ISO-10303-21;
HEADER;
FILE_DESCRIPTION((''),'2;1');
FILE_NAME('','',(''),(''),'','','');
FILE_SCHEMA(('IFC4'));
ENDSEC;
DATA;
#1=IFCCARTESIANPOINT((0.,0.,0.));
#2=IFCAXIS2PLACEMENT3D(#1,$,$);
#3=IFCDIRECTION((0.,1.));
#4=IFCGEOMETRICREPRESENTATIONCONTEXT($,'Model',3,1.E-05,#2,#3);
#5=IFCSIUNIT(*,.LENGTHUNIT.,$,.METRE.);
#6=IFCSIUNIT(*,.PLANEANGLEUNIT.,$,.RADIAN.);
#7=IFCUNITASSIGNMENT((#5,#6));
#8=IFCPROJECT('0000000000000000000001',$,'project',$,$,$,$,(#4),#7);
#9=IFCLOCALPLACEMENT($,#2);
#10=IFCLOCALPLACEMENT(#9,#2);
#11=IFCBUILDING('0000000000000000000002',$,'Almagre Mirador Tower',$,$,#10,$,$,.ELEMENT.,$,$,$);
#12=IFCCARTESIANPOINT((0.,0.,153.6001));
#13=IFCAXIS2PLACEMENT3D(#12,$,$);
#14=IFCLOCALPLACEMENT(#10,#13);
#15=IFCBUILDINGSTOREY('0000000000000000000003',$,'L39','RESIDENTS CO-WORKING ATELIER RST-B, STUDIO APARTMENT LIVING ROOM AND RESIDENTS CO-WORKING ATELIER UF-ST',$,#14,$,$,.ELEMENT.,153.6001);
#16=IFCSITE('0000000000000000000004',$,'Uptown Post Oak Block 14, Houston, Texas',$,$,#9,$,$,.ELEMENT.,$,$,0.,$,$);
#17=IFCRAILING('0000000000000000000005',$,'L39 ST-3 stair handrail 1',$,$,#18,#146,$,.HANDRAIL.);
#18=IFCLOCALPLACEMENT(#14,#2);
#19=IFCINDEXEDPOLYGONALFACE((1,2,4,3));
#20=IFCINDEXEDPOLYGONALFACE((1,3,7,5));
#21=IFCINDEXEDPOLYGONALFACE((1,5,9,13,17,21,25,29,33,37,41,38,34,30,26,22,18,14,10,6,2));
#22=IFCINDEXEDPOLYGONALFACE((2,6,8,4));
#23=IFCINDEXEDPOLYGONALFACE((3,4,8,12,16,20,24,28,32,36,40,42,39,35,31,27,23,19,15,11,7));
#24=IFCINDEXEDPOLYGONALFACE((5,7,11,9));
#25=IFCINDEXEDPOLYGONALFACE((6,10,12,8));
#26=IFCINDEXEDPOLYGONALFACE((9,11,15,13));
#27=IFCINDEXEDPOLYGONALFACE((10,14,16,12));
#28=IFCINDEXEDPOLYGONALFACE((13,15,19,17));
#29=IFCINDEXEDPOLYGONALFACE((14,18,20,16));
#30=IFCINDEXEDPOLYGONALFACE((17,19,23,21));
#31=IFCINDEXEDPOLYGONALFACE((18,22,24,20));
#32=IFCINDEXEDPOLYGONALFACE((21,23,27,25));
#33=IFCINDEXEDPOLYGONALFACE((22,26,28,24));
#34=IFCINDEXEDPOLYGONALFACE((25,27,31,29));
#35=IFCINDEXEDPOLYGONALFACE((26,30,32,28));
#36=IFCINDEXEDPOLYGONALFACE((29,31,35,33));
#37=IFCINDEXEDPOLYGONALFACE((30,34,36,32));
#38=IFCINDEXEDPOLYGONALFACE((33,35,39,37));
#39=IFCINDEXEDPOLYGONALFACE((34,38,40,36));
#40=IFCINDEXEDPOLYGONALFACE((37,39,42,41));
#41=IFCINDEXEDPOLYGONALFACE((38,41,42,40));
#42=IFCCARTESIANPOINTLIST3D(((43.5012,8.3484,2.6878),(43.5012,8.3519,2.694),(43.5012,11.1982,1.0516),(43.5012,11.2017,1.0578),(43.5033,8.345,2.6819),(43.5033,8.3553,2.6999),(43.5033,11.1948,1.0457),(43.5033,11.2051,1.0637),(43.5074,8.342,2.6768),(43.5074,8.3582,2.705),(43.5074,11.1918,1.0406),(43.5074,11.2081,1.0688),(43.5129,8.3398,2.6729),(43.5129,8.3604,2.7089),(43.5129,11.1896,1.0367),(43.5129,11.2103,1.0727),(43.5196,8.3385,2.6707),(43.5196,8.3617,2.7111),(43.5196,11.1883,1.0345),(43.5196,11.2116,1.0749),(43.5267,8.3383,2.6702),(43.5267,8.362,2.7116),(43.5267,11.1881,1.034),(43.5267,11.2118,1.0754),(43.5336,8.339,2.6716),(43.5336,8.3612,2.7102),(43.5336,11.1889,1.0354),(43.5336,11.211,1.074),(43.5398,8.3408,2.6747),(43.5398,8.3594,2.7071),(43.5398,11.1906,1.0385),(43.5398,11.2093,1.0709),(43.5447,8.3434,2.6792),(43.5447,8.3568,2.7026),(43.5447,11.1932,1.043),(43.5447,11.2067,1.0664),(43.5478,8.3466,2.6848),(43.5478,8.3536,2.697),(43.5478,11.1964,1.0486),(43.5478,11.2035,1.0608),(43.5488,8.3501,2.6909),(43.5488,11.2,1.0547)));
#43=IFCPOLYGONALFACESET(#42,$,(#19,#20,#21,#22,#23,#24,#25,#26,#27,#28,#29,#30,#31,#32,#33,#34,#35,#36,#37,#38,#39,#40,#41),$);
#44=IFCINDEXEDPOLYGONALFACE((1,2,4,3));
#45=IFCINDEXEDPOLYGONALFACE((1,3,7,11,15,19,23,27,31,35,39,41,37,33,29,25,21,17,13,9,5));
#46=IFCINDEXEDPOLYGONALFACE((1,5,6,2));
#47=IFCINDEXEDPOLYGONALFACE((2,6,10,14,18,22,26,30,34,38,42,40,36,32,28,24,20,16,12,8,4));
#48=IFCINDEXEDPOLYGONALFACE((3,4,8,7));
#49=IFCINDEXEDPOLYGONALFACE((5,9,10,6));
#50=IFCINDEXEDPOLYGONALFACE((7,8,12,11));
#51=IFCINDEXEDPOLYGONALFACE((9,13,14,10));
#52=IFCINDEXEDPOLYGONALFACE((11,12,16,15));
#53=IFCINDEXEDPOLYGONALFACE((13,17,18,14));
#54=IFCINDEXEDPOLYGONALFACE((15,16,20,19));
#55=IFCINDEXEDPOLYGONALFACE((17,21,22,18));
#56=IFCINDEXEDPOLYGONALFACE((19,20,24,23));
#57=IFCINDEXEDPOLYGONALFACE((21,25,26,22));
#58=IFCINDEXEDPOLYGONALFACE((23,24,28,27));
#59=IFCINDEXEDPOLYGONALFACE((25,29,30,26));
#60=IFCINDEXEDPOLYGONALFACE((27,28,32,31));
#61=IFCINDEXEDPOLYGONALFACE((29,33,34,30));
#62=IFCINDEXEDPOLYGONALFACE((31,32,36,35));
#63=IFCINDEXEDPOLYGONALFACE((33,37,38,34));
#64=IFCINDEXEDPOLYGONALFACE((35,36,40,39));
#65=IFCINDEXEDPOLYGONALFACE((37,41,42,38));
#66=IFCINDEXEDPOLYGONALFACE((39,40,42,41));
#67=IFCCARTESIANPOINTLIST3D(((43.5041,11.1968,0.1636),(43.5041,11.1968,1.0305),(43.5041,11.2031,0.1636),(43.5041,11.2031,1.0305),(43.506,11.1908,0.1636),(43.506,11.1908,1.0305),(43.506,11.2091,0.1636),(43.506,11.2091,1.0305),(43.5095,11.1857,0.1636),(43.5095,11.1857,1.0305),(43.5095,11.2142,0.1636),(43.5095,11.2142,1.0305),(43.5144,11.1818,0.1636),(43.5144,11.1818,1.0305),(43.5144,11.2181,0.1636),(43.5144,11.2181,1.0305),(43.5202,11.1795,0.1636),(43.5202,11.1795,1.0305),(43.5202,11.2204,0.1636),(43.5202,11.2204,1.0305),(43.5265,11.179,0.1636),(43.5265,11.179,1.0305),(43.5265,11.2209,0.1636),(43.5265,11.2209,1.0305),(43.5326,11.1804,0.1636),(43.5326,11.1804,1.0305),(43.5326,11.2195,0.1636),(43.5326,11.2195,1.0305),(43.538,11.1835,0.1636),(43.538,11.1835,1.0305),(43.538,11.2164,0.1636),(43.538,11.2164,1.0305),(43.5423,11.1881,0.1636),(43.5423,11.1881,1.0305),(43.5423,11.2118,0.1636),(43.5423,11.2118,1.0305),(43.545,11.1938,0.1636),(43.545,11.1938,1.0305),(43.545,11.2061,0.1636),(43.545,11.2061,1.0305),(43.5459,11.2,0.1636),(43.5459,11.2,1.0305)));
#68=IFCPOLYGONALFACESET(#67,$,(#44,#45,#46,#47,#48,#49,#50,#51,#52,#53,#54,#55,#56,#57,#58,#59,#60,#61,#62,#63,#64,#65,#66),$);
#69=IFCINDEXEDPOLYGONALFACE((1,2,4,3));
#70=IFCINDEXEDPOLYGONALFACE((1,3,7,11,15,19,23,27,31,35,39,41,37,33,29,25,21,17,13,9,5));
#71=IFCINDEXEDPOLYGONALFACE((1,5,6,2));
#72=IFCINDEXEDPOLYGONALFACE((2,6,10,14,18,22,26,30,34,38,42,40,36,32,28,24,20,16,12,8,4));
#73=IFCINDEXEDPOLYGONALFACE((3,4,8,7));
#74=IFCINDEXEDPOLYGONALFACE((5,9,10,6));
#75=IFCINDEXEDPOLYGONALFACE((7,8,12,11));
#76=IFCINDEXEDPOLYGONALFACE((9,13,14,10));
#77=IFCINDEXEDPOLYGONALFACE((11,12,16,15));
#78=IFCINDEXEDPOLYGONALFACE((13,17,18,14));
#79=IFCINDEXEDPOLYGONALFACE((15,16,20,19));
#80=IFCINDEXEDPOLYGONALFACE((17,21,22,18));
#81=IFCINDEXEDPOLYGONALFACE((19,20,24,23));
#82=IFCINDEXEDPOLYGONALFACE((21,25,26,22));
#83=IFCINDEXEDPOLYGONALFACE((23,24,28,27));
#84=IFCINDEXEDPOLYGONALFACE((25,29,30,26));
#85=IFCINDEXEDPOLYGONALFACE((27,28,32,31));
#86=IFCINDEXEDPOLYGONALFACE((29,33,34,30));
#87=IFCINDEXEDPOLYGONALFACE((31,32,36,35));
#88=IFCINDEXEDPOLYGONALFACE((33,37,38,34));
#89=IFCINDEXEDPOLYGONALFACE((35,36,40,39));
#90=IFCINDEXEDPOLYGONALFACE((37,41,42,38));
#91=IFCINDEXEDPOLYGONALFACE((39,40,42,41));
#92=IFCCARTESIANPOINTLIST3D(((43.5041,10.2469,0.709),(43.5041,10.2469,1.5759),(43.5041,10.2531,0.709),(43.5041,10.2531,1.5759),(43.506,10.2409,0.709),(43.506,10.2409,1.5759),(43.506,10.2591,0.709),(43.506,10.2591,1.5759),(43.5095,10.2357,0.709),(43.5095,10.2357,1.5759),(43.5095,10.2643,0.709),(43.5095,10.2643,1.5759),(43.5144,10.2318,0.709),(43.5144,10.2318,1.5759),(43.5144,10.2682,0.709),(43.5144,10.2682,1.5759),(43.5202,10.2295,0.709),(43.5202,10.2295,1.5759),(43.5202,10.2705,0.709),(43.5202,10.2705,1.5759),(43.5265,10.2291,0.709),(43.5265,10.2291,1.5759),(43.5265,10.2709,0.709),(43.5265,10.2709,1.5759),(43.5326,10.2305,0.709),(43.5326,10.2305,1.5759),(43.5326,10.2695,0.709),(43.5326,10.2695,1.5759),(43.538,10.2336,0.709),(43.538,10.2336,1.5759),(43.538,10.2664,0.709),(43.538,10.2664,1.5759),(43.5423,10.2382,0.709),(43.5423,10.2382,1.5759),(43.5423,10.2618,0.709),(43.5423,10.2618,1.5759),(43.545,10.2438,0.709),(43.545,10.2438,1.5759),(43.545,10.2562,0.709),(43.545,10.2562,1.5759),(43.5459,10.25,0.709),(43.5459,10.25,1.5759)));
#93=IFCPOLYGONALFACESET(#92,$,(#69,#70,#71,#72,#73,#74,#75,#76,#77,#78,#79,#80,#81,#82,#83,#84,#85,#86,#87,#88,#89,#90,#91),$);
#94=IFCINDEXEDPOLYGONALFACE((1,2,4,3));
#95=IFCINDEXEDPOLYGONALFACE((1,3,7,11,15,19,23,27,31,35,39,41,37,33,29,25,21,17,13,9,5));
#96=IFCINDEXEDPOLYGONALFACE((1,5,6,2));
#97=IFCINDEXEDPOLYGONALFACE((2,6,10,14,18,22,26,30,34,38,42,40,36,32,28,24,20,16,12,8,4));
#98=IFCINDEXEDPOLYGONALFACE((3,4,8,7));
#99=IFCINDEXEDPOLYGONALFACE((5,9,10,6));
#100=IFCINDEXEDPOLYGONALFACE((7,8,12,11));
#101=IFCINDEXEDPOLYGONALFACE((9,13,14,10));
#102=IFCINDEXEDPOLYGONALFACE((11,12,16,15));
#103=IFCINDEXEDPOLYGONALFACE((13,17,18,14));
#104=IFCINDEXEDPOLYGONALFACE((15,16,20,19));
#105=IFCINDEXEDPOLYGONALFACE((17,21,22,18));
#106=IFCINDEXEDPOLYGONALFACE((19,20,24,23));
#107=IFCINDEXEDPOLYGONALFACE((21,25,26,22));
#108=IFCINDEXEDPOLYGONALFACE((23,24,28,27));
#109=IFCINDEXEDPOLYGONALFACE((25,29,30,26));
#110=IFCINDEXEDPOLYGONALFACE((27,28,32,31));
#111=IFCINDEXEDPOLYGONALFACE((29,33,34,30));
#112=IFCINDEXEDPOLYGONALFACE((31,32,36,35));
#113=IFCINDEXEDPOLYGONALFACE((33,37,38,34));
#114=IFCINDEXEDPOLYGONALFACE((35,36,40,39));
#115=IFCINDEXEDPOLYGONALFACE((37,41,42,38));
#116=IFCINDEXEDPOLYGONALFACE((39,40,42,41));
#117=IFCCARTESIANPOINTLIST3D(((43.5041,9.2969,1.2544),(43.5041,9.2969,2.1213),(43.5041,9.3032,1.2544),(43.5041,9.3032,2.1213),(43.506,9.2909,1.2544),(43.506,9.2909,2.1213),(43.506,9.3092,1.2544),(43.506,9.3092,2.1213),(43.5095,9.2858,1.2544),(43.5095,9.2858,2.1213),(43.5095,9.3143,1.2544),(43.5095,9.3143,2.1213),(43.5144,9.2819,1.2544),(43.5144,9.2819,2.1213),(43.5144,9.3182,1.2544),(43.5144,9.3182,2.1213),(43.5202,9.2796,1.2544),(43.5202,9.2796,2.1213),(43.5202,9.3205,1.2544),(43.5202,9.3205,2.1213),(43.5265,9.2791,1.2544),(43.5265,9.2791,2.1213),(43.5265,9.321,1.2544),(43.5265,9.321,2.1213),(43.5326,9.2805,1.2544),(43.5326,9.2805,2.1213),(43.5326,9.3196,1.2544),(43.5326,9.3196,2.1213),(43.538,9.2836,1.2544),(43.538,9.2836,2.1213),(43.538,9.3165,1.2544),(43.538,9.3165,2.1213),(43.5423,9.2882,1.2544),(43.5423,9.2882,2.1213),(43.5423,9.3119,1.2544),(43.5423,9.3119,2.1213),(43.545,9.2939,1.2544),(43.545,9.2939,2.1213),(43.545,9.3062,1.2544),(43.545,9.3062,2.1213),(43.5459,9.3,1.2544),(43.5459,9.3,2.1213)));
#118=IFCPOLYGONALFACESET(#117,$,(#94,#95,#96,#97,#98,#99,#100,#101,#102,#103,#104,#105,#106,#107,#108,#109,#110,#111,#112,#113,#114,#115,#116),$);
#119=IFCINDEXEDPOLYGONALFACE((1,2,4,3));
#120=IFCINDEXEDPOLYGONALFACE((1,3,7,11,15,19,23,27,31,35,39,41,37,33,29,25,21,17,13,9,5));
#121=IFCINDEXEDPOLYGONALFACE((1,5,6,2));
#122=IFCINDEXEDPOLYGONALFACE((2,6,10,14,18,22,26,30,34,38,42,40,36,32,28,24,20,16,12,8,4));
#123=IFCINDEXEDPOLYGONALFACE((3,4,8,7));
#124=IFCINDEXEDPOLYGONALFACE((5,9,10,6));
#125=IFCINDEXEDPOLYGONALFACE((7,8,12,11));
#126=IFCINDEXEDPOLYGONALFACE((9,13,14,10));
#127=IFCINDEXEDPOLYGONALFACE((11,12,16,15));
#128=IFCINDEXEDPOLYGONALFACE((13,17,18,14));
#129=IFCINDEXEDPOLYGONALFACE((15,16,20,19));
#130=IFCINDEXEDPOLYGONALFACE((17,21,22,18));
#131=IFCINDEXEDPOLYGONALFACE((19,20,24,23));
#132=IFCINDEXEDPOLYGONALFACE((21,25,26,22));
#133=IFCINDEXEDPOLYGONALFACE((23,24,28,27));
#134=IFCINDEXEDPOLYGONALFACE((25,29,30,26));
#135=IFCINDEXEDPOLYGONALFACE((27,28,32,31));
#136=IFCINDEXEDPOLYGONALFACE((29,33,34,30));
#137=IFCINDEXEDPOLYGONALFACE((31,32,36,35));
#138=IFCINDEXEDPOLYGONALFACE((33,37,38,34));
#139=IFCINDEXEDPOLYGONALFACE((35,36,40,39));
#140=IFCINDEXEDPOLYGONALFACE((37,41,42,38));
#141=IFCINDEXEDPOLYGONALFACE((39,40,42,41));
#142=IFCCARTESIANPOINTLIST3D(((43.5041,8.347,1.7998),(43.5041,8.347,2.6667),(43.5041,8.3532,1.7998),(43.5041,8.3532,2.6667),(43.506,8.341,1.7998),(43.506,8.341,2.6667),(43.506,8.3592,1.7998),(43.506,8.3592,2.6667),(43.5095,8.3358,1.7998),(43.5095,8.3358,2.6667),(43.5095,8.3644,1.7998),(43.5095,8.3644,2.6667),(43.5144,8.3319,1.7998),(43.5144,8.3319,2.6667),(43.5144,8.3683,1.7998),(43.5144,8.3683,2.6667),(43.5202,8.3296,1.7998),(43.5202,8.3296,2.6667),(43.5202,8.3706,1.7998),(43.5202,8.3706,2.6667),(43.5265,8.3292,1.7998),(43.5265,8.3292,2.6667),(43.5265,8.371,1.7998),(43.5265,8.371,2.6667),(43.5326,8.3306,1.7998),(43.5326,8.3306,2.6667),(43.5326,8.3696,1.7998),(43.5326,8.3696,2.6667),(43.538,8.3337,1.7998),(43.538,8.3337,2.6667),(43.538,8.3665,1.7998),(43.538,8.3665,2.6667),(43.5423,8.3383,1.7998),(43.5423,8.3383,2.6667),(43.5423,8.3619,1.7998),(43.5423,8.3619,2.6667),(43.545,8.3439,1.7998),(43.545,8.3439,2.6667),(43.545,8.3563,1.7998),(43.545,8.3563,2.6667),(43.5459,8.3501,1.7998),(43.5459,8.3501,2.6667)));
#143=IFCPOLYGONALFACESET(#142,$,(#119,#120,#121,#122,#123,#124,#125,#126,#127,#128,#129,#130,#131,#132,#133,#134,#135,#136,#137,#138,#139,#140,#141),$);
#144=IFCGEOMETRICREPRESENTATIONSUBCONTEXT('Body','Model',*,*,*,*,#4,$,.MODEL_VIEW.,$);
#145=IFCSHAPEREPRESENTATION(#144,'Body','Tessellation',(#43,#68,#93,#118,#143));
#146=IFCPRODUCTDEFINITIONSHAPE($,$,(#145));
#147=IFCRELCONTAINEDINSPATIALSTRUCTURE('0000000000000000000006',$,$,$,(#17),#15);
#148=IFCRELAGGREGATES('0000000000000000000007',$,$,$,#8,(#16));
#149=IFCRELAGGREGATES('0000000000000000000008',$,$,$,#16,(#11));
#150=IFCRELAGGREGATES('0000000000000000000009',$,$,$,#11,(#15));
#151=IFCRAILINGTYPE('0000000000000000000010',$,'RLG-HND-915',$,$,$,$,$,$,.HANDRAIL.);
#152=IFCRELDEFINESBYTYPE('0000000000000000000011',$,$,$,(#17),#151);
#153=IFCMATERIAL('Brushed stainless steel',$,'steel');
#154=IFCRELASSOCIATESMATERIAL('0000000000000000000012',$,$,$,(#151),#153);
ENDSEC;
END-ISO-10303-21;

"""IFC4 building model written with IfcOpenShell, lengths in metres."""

from ifc_helpers import new_model, si_unit, direction, frame, origin, origin_2d, place, context, subcontext, project, spatial, circle, extrude, material, type_object, element, save


model = new_model("IFC4")

# Units and contexts
model_context = context("Model", 3, precision=1e-05, world=origin(), true_north=direction((0.0, 1.0)))
body_context = subcontext(model_context, "Body", "Model", "MODEL_VIEW")
ifc_project = project(units=[si_unit("LENGTHUNIT", "METRE"), si_unit("PLANEANGLEUNIT", "RADIAN")], contexts=[model_context])

# Site, building, storey
site_placement = place(None, origin())
site = spatial("IfcSite", under=ifc_project, at=site_placement, Name="Uptown Post Oak Block 14, Houston, Texas", CompositionType="ELEMENT", RefElevation=0.0)
building_placement = place(site_placement, origin())
building = spatial("IfcBuilding", under=site, at=building_placement, Name="Almagre Mirador Tower", CompositionType="ELEMENT")
storey_placement = place(building_placement, frame((0.0, 0.0, 153.6001)))
storey = spatial("IfcBuildingStorey", under=building, at=storey_placement, Name="L39", Description="RESIDENTS CO-WORKING ATELIER RST-B, STUDIO APARTMENT LIVING ROOM AND RESIDENTS CO-WORKING ATELIER UF-ST", CompositionType="ELEMENT", Elevation=153.6001)

# Railing
ifc_material_1 = material(Name="Brushed stainless steel", Category="steel")
railing_type_1 = type_object("IfcRailingType", Name="RLG-HND-915", PredefinedType="HANDRAIL", material=ifc_material_1)
railing_1_placement = place(storey_placement, frame((43.5249, 11.2, 0.1636)))
element("IfcRailing", 1, at=railing_1_placement, inside=storey, type_object=railing_type_1, Name="L39 ST-3 stair handrail 1", PredefinedType="HANDRAIL", context=body_context, shape_type="SweptSolid", body=[
    extrude(circle(Radius=0.0239, at=origin_2d()), frame((0.0, 0.0, 0.8911), z_axis=(0.0, -0.867226, 0.497914), x_axis=(1.0, 0.0, 0.0)), (0.0, 0.0, 1.0), 3.2861),
    extrude(circle(Radius=0.021, at=origin_2d()), origin(), (0.0, 0.0, 1.0), 0.8669),
    extrude(circle(Radius=0.021, at=origin_2d()), frame((0.0, -0.95, 0.5454)), (0.0, 0.0, 1.0), 0.8669),
    extrude(circle(Radius=0.021, at=origin_2d()), frame((0.0, -1.8999, 1.0908)), (0.0, 0.0, 1.0), 0.8669),
    extrude(circle(Radius=0.021, at=origin_2d()), frame((0.0, -2.8499, 1.6362)), (0.0, 0.0, 1.0), 0.8669),
])

save(model, "model.ifc")
